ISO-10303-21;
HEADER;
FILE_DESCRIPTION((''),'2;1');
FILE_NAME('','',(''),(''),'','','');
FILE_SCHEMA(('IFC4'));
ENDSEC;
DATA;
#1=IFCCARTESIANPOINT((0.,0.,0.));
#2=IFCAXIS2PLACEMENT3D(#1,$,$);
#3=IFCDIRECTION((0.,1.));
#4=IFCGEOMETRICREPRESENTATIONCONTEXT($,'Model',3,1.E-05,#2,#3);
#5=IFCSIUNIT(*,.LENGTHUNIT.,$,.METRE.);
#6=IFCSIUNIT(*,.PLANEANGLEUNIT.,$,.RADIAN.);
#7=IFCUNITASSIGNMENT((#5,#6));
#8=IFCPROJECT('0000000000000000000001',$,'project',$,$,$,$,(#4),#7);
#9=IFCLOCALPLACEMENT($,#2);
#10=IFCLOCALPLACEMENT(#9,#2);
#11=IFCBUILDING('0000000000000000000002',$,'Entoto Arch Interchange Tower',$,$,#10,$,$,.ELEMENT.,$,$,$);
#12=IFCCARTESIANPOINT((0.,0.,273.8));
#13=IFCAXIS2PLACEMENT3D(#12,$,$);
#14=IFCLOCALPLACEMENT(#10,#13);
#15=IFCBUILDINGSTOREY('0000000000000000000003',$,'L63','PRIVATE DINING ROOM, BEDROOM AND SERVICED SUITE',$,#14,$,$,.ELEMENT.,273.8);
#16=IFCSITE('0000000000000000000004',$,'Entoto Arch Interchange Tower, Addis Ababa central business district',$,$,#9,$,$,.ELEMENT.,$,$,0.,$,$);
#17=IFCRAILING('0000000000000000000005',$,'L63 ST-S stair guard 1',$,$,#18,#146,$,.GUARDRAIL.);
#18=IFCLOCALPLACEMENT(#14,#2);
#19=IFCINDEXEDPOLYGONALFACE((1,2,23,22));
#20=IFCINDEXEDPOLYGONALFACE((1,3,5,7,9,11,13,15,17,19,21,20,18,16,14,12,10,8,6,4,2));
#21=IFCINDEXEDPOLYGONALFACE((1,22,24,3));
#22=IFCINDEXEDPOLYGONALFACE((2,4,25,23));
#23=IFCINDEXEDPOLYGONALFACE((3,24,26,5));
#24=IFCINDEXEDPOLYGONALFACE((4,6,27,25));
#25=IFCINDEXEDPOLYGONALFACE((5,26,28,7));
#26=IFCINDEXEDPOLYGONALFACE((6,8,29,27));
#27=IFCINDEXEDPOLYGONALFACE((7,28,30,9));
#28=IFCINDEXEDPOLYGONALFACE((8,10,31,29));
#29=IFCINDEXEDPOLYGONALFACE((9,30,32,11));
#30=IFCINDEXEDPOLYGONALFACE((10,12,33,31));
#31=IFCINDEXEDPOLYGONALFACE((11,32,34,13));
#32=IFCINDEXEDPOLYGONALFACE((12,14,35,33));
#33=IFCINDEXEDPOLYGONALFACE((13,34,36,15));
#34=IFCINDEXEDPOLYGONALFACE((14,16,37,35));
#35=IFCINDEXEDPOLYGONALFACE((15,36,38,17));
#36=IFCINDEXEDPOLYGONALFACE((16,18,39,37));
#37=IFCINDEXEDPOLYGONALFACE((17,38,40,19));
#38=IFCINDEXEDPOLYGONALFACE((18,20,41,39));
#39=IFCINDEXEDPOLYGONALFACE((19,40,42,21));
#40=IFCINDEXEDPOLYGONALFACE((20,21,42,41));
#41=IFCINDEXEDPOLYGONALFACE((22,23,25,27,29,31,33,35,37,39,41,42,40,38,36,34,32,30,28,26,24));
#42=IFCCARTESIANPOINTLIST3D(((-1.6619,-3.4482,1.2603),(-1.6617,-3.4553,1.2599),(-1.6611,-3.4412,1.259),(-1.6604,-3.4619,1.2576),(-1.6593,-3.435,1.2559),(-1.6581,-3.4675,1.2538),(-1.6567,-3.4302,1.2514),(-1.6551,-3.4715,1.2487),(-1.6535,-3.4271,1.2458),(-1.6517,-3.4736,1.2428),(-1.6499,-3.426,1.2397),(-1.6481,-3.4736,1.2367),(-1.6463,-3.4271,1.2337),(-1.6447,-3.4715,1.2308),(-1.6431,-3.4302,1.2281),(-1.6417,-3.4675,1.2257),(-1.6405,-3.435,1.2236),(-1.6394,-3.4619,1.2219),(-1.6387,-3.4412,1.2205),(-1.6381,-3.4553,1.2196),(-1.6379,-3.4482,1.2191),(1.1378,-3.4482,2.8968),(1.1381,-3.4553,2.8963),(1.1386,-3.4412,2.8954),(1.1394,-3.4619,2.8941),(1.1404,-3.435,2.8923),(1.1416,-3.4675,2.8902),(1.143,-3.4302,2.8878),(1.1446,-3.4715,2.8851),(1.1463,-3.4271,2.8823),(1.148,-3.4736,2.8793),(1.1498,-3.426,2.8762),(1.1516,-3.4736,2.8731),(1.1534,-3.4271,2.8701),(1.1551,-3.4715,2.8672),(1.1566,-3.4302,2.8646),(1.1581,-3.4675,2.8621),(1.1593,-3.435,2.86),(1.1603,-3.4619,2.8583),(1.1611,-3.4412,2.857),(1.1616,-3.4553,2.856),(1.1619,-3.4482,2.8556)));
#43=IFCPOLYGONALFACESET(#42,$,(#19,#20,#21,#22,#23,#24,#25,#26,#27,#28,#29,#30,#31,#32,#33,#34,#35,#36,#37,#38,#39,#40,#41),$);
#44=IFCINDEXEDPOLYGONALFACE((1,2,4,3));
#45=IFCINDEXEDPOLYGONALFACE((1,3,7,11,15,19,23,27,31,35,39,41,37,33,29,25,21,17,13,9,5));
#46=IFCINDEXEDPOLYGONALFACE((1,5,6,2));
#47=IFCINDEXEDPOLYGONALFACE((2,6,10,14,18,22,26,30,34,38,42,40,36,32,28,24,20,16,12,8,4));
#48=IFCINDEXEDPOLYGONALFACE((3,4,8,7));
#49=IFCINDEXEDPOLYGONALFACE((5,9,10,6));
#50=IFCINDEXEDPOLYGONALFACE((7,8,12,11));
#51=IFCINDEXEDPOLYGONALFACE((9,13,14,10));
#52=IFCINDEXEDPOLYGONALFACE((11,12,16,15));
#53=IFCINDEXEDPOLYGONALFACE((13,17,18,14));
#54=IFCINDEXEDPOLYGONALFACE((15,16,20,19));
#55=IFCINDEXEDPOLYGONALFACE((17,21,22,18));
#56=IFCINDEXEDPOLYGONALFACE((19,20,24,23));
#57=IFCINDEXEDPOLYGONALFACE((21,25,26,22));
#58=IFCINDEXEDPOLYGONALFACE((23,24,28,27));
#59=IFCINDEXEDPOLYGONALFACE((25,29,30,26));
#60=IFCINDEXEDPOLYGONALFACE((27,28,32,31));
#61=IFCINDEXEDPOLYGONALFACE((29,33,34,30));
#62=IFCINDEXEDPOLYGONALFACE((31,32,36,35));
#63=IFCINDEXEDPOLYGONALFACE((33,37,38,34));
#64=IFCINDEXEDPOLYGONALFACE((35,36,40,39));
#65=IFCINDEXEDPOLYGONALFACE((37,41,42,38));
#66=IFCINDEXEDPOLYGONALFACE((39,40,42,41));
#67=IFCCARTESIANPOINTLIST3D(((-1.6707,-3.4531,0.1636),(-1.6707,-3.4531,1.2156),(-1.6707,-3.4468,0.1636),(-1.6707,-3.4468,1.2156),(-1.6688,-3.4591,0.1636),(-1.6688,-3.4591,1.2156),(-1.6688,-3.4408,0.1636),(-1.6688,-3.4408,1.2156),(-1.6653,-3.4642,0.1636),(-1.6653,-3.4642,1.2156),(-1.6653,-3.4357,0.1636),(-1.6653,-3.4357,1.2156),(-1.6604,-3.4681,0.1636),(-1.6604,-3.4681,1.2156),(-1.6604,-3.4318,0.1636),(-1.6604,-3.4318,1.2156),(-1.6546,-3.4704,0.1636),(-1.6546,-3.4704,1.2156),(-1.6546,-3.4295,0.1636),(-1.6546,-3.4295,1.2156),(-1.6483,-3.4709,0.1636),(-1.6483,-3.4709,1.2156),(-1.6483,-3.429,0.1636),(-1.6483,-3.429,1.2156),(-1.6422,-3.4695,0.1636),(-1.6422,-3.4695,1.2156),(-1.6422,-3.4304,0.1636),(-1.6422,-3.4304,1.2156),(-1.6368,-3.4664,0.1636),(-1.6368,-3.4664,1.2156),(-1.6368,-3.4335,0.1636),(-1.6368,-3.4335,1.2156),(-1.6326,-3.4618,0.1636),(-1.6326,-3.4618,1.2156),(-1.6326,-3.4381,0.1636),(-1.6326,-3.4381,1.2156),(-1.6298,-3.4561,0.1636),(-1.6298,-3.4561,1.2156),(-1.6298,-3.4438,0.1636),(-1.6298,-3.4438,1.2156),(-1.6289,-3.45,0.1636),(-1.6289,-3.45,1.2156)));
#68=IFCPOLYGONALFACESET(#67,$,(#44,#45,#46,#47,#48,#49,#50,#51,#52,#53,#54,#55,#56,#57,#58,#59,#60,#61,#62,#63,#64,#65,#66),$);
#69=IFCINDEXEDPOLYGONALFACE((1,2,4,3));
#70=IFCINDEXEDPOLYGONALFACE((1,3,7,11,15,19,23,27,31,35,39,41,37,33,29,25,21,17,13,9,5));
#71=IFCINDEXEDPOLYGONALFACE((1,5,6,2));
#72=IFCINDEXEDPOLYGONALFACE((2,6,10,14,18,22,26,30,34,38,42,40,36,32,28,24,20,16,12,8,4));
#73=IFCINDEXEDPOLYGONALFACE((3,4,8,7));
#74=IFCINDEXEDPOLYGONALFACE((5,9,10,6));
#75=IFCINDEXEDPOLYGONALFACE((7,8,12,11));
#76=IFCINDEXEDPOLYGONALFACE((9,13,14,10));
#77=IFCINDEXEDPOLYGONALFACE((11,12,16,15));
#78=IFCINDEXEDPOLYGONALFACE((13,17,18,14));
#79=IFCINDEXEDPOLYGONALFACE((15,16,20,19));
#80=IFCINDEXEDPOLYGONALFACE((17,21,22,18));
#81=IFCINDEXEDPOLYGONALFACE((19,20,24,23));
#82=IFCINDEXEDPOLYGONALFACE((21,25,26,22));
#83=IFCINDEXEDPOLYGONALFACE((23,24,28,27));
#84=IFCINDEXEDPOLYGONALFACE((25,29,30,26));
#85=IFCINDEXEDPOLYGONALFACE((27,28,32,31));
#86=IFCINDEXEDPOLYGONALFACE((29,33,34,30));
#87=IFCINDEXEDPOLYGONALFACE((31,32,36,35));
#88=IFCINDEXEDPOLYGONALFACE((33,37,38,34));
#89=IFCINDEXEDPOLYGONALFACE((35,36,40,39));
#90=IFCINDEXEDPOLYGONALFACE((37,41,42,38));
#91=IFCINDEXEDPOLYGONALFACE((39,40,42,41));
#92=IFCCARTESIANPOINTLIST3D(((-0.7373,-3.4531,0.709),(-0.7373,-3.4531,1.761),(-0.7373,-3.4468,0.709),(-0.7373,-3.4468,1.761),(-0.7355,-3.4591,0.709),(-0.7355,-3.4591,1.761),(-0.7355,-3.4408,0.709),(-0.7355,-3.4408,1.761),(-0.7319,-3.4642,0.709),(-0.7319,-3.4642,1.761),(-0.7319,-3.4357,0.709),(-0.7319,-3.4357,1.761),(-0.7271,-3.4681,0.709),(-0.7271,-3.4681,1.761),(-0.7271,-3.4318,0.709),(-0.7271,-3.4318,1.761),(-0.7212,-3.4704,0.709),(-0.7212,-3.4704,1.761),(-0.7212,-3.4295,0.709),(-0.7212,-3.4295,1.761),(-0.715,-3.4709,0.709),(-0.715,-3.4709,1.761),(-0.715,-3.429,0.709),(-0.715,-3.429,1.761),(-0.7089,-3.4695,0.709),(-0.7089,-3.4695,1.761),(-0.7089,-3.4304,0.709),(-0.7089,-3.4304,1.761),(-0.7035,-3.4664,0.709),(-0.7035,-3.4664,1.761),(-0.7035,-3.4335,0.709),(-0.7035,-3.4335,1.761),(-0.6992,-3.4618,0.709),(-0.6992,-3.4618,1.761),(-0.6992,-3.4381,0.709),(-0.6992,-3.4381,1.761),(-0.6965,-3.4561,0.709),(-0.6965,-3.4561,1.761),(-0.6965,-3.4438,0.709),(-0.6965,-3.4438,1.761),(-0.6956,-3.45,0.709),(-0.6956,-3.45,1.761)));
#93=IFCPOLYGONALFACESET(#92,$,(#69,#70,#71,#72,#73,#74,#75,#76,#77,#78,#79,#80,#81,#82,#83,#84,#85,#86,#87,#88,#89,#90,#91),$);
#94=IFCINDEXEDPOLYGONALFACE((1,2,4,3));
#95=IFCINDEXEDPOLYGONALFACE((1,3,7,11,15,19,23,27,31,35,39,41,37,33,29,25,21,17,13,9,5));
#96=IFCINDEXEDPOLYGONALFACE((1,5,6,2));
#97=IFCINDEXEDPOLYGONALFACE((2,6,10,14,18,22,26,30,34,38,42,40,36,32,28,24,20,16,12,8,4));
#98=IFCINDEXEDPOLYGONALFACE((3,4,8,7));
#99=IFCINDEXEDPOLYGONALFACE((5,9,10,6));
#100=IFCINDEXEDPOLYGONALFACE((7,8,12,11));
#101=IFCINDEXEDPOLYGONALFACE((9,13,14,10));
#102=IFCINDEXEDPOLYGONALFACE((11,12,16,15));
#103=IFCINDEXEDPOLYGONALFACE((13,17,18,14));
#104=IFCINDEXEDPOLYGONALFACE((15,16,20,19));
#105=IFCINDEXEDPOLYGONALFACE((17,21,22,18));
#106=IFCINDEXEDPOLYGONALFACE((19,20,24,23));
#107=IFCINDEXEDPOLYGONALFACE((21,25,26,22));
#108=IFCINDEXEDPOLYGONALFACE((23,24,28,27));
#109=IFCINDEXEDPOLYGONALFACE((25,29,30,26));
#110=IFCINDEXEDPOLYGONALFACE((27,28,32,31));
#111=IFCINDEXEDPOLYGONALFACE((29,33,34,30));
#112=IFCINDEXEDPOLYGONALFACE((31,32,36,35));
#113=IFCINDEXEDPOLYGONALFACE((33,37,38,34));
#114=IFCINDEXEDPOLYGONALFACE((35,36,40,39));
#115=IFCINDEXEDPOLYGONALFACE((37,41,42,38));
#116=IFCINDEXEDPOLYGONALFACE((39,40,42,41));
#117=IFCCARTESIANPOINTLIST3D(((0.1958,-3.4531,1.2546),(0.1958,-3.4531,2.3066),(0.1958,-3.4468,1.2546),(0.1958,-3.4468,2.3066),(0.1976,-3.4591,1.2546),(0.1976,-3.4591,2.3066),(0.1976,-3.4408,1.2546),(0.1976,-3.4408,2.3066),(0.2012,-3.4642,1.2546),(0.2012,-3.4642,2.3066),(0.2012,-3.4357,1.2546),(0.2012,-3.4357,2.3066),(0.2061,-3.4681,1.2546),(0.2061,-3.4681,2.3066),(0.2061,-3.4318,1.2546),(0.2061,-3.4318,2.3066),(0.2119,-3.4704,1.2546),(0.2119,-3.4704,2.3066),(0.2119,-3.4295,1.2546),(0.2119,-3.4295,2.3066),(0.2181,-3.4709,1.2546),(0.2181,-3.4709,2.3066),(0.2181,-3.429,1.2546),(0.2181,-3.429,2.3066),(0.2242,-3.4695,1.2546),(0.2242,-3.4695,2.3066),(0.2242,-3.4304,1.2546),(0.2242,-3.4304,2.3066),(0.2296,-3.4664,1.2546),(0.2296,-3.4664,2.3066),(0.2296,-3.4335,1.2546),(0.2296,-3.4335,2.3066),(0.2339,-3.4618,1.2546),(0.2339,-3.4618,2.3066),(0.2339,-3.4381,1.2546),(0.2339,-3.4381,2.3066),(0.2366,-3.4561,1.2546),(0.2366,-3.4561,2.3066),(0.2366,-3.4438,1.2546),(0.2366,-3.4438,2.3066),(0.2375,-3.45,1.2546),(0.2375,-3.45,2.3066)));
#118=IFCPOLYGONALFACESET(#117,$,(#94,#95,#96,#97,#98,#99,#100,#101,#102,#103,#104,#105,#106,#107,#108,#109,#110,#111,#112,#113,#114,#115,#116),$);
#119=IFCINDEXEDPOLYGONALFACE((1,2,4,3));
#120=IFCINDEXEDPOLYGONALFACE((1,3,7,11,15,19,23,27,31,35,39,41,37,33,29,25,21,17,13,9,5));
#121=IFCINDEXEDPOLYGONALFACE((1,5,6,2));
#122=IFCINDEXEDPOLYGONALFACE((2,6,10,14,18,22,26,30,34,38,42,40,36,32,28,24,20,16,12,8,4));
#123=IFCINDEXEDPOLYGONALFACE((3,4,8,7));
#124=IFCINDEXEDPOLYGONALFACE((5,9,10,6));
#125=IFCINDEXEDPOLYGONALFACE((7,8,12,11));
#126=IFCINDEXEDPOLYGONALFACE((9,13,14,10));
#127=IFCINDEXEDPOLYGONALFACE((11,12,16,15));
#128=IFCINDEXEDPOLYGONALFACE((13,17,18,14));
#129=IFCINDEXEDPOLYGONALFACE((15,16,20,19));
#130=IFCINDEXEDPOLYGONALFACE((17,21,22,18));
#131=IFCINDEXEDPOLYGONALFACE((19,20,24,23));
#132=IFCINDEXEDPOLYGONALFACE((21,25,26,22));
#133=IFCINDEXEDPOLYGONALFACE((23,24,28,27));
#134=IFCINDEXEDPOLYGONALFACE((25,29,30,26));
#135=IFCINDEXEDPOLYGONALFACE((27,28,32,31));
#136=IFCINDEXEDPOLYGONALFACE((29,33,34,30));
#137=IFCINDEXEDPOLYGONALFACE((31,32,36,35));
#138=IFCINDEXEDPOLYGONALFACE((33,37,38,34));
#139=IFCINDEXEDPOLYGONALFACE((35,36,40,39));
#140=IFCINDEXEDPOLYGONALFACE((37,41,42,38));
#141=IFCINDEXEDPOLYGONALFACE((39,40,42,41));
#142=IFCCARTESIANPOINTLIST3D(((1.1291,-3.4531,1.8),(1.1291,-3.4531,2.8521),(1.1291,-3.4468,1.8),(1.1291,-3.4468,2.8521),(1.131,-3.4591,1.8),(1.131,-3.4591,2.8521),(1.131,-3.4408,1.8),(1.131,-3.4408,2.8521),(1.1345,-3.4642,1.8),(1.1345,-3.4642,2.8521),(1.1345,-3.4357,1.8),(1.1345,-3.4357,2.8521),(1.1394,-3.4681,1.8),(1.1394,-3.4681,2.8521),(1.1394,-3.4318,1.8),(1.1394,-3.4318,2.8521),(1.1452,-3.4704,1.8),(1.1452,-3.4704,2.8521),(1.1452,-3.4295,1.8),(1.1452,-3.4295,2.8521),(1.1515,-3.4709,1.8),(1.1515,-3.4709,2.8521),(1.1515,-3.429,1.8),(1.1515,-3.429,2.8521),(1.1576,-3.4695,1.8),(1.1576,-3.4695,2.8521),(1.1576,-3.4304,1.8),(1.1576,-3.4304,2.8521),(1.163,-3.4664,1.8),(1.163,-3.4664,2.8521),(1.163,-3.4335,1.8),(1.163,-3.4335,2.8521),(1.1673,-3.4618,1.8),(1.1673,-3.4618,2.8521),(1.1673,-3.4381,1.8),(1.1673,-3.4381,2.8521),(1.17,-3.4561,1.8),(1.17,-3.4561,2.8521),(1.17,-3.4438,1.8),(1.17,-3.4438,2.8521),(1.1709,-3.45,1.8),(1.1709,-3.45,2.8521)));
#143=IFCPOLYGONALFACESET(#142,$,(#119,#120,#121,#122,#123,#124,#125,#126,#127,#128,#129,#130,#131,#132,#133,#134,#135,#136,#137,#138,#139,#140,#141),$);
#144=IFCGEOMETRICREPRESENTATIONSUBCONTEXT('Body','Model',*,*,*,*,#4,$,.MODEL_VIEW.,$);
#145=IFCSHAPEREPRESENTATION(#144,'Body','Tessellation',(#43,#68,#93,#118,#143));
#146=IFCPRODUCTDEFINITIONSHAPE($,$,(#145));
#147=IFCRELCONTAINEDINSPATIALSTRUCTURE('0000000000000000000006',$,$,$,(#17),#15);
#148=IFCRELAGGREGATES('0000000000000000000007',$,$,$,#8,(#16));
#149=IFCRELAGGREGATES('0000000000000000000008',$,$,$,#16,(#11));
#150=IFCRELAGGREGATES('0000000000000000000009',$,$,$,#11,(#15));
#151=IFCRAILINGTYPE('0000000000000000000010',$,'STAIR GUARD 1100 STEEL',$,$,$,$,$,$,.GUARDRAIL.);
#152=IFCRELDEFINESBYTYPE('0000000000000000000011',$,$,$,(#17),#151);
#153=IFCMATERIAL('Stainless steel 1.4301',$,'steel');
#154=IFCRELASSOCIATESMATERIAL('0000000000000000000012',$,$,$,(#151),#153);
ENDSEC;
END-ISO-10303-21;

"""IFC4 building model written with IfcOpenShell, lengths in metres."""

from ifc_helpers import new_model, si_unit, direction, frame, origin, origin_2d, place, context, subcontext, project, spatial, circle, extrude, material, type_object, element, save


model = new_model("IFC4")

# Units and contexts
model_context = context("Model", 3, precision=1e-05, world=origin(), true_north=direction((0.0, 1.0)))
body_context = subcontext(model_context, "Body", "Model", "MODEL_VIEW")
ifc_project = project(units=[si_unit("LENGTHUNIT", "METRE"), si_unit("PLANEANGLEUNIT", "RADIAN")], contexts=[model_context])

# Site, building, storey
site_placement = place(None, origin())
site = spatial("IfcSite", under=ifc_project, at=site_placement, Name="Entoto Arch Interchange Tower, Addis Ababa central business district", CompositionType="ELEMENT", RefElevation=0.0)
building_placement = place(site_placement, origin())
building = spatial("IfcBuilding", under=site, at=building_placement, Name="Entoto Arch Interchange Tower", CompositionType="ELEMENT")
storey_placement = place(building_placement, frame((0.0, 0.0, 273.8)))
storey = spatial("IfcBuildingStorey", under=building, at=storey_placement, Name="L63", Description="PRIVATE DINING ROOM, BEDROOM AND SERVICED SUITE", CompositionType="ELEMENT", Elevation=273.8)

# Railing
ifc_material_1 = material(Name="Stainless steel 1.4301", Category="steel")
railing_type_1 = type_object("IfcRailingType", Name="STAIR GUARD 1100 STEEL", PredefinedType="GUARDRAIL", material=ifc_material_1)
railing_1_placement = place(storey_placement, frame((-1.6499, -3.45, 0.1636)))
element("IfcRailing", 1, at=railing_1_placement, inside=storey, type_object=railing_type_1, Name="L63 ST-S stair guard 1", PredefinedType="GUARDRAIL", context=body_context, shape_type="SweptSolid", body=[
    extrude(circle(Radius=0.0239, at=origin_2d()), frame((0.0, 0.0, 1.0762), z_axis=(0.863342, 0.0, 0.50462), x_axis=(0.0, 1.0, 0.0)), (0.0, 0.0, 1.0), 3.2429),
    extrude(circle(Radius=0.021, at=origin_2d()), origin(), (0.0, 0.0, 1.0), 1.052),
    extrude(circle(Radius=0.021, at=origin_2d()), frame((0.9333, 0.0, 0.5454)), (0.0, 0.0, 1.0), 1.052),
    extrude(circle(Radius=0.021, at=origin_2d()), frame((1.8665, 0.0, 1.0911)), (0.0, 0.0, 1.0), 1.052),
    extrude(circle(Radius=0.021, at=origin_2d()), frame((2.7998, 0.0, 1.6365)), (0.0, 0.0, 1.0), 1.052),
])

save(model, "model.ifc")
